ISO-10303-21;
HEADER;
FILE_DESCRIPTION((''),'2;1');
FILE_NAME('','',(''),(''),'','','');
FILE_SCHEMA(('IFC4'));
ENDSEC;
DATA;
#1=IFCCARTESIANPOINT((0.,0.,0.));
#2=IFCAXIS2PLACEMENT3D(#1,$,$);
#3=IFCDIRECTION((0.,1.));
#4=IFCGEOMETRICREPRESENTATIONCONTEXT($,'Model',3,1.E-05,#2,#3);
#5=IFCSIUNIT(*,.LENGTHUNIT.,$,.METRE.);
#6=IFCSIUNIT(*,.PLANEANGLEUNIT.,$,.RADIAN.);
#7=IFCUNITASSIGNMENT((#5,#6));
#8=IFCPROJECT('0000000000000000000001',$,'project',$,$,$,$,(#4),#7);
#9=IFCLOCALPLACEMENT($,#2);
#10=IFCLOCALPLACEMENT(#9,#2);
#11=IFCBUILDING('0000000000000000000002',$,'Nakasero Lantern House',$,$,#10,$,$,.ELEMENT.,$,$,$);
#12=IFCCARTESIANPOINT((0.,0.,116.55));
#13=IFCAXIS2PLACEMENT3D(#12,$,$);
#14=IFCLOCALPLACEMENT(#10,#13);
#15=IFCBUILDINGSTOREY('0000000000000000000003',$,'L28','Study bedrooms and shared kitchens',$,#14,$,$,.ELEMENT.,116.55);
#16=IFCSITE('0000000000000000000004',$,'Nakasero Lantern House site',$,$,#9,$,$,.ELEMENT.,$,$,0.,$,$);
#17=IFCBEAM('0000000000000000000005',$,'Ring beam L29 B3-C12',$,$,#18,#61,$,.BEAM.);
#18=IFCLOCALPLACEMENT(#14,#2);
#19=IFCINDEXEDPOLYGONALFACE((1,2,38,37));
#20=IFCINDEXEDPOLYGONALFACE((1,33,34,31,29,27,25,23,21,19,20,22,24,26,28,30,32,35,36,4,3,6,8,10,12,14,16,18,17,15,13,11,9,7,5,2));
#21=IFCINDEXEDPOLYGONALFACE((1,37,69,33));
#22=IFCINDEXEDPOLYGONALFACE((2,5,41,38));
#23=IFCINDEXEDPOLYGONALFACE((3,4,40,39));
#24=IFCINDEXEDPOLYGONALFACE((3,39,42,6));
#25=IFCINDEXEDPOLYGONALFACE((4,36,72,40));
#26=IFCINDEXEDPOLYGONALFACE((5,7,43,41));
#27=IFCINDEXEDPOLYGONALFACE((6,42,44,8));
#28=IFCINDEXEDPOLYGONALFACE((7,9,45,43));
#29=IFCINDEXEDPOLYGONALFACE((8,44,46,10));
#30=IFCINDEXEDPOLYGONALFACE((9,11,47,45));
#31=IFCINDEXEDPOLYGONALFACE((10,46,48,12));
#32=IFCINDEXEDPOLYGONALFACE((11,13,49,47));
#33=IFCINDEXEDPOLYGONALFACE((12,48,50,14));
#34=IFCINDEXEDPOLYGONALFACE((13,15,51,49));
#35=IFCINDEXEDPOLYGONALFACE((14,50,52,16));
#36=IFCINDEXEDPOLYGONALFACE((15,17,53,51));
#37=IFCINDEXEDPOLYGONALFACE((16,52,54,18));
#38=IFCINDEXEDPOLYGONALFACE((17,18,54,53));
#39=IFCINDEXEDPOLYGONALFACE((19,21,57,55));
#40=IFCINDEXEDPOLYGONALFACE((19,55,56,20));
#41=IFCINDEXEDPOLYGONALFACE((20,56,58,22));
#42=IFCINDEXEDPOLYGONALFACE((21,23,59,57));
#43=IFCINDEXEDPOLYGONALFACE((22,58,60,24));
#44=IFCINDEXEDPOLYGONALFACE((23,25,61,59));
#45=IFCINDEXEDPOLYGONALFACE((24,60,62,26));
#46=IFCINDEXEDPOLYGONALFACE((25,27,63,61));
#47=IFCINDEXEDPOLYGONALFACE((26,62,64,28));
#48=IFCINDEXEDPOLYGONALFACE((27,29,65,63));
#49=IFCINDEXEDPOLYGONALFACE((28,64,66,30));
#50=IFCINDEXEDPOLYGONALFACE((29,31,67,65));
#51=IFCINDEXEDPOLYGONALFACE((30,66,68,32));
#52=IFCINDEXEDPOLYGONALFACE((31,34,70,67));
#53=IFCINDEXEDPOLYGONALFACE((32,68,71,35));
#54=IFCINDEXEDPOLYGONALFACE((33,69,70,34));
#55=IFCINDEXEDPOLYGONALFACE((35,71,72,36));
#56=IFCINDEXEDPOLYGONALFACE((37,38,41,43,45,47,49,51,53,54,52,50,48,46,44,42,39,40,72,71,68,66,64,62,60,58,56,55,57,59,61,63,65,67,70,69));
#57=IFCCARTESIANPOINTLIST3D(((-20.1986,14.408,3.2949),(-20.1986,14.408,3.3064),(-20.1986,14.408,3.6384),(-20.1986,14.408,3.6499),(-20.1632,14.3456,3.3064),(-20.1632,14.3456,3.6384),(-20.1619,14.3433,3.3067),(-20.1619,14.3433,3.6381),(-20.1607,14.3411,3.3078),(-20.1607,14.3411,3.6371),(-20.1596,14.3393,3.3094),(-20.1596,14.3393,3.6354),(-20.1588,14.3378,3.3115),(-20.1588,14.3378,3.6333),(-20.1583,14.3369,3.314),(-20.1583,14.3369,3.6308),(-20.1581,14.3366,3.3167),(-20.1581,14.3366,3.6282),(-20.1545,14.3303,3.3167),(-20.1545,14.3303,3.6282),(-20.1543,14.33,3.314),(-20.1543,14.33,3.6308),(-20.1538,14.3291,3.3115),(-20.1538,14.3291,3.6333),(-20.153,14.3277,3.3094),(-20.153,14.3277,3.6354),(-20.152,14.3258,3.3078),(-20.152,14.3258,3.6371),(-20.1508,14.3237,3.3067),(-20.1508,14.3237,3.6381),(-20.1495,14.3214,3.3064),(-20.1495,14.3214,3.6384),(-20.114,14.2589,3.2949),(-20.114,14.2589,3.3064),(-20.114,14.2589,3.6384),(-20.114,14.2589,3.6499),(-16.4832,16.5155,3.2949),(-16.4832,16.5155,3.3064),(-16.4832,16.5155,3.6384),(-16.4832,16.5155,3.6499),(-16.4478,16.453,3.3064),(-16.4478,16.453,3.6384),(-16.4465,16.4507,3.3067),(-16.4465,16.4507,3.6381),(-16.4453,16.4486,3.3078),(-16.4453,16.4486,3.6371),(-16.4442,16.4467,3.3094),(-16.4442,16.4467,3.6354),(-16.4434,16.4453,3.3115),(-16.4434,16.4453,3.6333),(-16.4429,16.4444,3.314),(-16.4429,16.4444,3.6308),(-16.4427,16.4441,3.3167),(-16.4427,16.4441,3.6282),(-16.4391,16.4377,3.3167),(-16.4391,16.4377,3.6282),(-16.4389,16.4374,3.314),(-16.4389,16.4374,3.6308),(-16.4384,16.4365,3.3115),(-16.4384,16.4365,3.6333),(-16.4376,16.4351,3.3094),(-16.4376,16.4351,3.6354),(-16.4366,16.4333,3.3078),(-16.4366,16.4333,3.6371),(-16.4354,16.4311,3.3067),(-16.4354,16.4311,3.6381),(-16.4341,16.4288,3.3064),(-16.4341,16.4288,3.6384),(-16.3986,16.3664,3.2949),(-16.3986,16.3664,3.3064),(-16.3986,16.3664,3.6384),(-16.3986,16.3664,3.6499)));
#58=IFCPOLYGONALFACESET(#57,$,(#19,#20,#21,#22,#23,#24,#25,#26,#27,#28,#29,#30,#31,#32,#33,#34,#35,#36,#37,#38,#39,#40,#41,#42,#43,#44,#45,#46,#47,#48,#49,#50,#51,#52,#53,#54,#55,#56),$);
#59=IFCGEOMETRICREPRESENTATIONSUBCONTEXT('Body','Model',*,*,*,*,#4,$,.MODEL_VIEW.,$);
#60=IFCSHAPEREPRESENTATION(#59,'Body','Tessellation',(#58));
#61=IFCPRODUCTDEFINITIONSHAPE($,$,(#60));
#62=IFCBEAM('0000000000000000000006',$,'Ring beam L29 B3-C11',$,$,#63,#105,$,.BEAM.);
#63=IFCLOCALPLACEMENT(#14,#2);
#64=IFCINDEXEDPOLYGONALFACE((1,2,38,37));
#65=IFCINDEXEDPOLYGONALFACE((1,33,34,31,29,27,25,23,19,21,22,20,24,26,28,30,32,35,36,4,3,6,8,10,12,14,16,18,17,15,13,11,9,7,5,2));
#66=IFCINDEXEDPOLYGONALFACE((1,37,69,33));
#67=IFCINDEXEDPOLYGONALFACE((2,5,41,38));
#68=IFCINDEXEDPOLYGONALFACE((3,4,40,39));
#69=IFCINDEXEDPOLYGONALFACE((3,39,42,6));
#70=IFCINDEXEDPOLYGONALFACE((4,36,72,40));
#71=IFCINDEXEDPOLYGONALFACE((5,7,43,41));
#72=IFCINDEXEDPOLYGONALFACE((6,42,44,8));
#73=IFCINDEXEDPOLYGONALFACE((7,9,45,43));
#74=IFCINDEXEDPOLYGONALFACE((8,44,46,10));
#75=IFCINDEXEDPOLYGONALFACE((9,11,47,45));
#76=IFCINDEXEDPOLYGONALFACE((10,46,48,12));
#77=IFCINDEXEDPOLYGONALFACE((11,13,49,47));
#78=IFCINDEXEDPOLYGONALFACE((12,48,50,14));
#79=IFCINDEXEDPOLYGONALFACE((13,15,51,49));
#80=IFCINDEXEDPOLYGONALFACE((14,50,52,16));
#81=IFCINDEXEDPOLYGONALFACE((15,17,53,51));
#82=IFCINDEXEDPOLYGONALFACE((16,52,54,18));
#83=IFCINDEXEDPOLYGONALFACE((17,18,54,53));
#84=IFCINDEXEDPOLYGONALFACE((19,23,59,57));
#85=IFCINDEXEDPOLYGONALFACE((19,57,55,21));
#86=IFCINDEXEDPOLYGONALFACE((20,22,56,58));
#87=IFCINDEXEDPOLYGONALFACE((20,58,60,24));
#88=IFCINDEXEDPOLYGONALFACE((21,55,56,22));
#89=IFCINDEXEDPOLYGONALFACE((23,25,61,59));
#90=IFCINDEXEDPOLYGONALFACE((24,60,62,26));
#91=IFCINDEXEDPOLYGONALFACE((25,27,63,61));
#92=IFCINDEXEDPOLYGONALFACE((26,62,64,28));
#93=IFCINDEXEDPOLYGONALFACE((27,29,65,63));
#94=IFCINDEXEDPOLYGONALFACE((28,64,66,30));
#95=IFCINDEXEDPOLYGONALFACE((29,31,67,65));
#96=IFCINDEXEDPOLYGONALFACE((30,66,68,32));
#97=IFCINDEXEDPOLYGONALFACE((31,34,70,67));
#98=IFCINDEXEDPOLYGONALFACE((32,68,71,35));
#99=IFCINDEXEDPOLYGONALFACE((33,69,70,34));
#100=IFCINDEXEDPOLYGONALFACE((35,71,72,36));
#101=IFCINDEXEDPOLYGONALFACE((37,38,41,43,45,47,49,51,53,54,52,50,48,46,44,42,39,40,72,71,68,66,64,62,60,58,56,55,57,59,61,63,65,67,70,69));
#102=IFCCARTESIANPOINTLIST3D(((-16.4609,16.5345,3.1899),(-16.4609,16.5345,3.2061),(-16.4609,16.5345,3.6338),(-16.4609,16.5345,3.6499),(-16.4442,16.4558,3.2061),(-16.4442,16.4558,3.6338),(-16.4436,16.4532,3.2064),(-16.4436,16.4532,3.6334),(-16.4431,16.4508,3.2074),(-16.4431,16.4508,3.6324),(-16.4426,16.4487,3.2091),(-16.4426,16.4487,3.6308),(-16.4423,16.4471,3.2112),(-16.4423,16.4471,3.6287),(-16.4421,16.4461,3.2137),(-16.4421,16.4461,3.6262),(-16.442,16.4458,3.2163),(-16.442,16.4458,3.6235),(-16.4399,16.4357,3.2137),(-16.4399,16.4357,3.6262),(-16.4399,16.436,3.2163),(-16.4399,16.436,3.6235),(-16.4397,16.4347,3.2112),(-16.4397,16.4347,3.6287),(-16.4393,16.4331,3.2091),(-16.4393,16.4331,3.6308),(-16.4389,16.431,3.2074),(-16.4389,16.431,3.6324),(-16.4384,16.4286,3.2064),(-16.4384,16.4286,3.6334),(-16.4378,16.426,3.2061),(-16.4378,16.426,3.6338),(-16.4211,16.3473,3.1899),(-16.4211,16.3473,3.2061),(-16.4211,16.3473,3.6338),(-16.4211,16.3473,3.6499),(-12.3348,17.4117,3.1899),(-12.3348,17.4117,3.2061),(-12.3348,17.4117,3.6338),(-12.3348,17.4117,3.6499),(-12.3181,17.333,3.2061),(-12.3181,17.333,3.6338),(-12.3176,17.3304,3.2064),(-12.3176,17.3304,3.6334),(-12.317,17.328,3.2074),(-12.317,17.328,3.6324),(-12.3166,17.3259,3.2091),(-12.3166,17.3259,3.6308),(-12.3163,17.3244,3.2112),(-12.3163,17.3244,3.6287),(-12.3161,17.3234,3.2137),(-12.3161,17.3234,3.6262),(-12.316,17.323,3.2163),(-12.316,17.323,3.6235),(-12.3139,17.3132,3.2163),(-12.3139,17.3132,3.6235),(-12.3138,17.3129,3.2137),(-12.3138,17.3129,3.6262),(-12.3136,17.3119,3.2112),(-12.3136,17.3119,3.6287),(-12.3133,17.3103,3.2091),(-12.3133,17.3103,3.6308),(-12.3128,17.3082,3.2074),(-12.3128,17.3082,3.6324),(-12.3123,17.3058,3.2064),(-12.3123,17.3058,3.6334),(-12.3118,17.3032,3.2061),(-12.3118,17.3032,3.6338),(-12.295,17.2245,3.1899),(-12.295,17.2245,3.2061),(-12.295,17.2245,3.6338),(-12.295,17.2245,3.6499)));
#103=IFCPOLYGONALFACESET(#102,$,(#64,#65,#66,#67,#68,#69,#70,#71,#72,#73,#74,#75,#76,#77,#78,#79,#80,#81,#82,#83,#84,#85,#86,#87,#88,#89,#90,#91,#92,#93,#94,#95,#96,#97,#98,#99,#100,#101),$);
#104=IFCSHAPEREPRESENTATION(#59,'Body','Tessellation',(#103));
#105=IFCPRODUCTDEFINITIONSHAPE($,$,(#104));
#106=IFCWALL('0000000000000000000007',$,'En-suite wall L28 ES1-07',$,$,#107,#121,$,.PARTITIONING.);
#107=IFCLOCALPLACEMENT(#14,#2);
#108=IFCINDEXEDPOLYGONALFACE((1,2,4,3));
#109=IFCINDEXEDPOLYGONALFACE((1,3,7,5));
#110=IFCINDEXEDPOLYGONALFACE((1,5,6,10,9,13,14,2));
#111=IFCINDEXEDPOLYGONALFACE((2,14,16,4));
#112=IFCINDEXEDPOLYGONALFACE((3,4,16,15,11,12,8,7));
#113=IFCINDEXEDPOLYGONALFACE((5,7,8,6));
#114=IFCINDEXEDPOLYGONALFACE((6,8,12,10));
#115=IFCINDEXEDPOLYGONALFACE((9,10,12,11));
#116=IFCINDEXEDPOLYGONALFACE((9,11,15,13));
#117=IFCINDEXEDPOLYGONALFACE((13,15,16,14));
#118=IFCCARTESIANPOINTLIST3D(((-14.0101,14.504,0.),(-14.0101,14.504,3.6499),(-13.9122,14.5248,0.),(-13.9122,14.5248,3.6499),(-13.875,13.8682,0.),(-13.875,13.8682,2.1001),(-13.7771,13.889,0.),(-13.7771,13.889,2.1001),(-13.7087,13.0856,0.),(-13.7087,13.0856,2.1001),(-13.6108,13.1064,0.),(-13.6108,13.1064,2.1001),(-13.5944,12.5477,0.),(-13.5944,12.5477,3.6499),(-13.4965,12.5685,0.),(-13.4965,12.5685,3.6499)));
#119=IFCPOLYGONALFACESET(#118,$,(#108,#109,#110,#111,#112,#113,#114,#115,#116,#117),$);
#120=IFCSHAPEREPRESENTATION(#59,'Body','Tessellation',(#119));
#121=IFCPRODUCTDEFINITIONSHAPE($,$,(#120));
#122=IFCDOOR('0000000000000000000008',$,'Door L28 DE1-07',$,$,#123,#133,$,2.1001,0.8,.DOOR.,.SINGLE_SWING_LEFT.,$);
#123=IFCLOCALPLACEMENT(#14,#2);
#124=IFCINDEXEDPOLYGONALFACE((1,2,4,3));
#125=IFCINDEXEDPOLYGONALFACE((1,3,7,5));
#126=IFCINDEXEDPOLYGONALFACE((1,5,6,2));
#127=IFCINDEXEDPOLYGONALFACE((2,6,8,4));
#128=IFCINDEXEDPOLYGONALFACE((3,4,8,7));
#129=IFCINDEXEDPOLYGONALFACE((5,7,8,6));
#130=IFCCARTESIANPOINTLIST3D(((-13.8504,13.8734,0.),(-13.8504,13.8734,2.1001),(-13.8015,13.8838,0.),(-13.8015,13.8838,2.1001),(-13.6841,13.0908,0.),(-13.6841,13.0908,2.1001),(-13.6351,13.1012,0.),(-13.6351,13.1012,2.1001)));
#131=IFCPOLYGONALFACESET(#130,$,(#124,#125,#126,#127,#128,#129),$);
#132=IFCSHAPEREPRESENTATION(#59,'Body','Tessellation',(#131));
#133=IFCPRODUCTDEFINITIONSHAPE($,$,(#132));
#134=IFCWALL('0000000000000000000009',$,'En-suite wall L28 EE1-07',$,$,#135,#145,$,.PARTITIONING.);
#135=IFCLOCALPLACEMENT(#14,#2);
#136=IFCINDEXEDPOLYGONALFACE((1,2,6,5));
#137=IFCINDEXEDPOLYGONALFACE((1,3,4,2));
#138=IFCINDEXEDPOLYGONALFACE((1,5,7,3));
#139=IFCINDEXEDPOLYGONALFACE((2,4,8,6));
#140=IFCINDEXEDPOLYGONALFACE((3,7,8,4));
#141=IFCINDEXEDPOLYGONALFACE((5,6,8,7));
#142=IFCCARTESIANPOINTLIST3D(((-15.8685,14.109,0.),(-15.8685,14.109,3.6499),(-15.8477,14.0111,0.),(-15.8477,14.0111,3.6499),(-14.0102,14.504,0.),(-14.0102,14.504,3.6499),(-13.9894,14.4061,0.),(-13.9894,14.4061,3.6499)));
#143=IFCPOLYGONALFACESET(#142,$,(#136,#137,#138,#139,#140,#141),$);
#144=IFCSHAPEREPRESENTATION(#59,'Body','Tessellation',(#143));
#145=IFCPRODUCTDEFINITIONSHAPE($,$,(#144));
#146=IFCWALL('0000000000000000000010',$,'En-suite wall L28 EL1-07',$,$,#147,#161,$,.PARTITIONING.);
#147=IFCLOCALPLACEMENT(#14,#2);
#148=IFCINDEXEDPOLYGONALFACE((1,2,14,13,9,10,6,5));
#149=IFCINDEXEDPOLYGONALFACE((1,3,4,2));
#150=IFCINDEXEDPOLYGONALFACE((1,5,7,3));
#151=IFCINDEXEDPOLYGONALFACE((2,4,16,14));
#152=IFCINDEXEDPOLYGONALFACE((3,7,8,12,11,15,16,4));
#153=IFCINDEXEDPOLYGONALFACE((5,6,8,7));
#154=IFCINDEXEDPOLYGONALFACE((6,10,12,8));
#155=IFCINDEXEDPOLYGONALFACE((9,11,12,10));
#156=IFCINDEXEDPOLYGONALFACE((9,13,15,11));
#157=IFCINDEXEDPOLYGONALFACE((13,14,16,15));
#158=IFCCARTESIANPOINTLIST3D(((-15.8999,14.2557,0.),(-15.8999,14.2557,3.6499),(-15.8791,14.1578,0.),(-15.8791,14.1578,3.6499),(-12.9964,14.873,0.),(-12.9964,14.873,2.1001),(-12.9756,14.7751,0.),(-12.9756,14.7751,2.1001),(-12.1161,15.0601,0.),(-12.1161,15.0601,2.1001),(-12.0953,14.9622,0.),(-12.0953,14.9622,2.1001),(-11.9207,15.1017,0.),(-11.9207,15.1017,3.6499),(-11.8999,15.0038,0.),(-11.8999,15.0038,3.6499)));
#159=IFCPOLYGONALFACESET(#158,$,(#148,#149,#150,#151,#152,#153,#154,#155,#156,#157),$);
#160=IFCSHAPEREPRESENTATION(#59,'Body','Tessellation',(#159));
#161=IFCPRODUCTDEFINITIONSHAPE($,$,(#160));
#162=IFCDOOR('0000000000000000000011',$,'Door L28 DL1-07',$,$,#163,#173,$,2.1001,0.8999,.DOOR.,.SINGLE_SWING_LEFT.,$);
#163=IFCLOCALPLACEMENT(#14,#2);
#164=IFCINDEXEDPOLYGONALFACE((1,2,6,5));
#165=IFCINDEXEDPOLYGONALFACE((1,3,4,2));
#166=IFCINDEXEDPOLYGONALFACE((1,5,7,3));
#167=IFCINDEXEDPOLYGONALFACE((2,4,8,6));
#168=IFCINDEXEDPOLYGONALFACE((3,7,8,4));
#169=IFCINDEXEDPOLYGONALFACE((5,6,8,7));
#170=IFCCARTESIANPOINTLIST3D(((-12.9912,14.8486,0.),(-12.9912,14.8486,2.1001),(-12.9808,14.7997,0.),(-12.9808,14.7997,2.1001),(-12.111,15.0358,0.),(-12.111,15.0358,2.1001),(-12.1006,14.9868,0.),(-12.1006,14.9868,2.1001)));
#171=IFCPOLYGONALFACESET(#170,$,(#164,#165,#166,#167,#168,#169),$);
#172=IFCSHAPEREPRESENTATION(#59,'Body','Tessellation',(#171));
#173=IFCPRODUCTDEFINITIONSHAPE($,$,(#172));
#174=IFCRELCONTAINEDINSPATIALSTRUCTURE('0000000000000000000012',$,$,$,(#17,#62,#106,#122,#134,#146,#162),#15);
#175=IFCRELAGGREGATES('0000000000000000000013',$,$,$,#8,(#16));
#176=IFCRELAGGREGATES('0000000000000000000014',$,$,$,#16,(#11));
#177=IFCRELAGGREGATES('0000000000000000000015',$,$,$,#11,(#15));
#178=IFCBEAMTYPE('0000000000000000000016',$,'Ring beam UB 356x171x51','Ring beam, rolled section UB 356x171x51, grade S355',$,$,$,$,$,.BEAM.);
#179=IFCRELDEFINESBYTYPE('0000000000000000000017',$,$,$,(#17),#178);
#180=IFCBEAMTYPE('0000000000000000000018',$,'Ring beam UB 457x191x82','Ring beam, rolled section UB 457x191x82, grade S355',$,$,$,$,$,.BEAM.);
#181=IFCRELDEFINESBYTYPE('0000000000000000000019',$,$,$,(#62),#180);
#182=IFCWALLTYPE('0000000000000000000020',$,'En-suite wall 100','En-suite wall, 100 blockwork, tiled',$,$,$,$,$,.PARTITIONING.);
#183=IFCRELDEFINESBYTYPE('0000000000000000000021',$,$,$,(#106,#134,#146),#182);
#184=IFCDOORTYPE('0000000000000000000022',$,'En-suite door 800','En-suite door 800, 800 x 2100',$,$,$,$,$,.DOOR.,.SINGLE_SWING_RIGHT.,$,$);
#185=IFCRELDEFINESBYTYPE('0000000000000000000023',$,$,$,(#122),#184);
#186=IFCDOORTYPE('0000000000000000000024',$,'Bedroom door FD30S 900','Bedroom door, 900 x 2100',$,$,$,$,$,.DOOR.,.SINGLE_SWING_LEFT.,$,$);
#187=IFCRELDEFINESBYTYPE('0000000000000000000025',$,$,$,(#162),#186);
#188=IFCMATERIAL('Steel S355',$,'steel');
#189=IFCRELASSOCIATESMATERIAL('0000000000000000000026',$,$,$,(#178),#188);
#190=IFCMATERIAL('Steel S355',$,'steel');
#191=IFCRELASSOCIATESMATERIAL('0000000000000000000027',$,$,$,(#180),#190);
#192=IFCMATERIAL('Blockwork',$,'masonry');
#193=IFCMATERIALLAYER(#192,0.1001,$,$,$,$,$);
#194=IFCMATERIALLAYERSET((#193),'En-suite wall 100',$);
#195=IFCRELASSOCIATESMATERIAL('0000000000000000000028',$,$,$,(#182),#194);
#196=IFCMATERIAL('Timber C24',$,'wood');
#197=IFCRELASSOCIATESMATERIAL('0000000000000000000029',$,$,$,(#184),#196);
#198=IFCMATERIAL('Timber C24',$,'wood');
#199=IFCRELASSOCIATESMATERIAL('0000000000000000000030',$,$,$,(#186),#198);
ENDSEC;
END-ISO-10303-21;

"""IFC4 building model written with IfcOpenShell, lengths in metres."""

from ifc_helpers import new_model, si_unit, direction, frame, frame_2d, origin, origin_2d, place, context, subcontext, project, spatial, rectangle, i_section, extrude, material, layer, layer_set, material_profile, profile_set, type_object, element, fill, save


model = new_model("IFC4")

# Units and contexts
model_context = context("Model", 3, precision=1e-05, world=origin(), true_north=direction((0.0, 1.0)))
body_context = subcontext(model_context, "Body", "Model", "MODEL_VIEW")
ifc_project = project(units=[si_unit("LENGTHUNIT", "METRE"), si_unit("PLANEANGLEUNIT", "RADIAN")], contexts=[model_context])

# Site, building, storey
site_placement = place(None, origin())
site = spatial("IfcSite", under=ifc_project, at=site_placement, Name="Nakasero Lantern House site", CompositionType="ELEMENT", RefElevation=0.0)
building_placement = place(site_placement, origin())
building = spatial("IfcBuilding", under=site, at=building_placement, Name="Nakasero Lantern House", CompositionType="ELEMENT")
storey_placement = place(building_placement, frame((0.0, 0.0, 116.55)))
storey = spatial("IfcBuildingStorey", under=building, at=storey_placement, Name="L28", Description="Study bedrooms and shared kitchens", CompositionType="ELEMENT", Elevation=116.55)

# Beams
ifc_material_1 = material(Name="Steel S355", Category="steel")
ifc_material_profile_1 = material_profile(ifc_material_1, i_section(OverallWidth=0.1714, OverallDepth=0.355, WebThickness=0.0073, FlangeThickness=0.0115, FilletRadius=0.0103, at=origin_2d()), Name="UB 356x171x51")
ifc_profile_set_1 = profile_set([ifc_material_profile_1], Name="Steel S355")
beam_type_1 = type_object("IfcBeamType", Name="Ring beam UB 356x171x51", Description="Ring beam, rolled section UB 356x171x51, grade S355", PredefinedType="BEAM", material=ifc_profile_set_1)
beam_1_placement = place(storey_placement, frame((-16.4409, 16.4409, 3.4724), z_axis=(-0.869815, -0.493379, 0.0), x_axis=(0.493379, -0.869815, 0.0)))
element("IfcBeam", 1, at=beam_1_placement, inside=storey, type_object=beam_type_1, Name="Ring beam L29 B3-C12", PredefinedType="BEAM", context=body_context, shape_type="SweptSolid", body=[
    extrude(i_section(OverallWidth=0.1714, OverallDepth=0.355, WebThickness=0.0073, FlangeThickness=0.0115, FilletRadius=0.0103, at=origin_2d()), origin(), (0.0, 0.0, 1.0), 4.2715),
])
ifc_material_2 = material(Name="Steel S355", Category="steel")
ifc_material_profile_2 = material_profile(ifc_material_2, i_section(OverallWidth=0.1914, OverallDepth=0.46, WebThickness=0.01, FlangeThickness=0.0161, FilletRadius=0.0103, at=origin_2d()), Name="UB 457x191x82")
ifc_profile_set_2 = profile_set([ifc_material_profile_2], Name="Steel S355")
beam_type_2 = type_object("IfcBeamType", Name="Ring beam UB 457x191x82", Description="Ring beam, rolled section UB 457x191x82, grade S355", PredefinedType="BEAM", material=ifc_profile_set_2)
beam_2_placement = place(storey_placement, frame((-12.3149, 17.3181, 3.4199), z_axis=(-0.978138, -0.207956, 0.0), x_axis=(0.207956, -0.978138, 0.0)))
element("IfcBeam", 2, at=beam_2_placement, inside=storey, type_object=beam_type_2, Name="Ring beam L29 B3-C11", PredefinedType="BEAM", context=body_context, shape_type="SweptSolid", body=[
    extrude(i_section(OverallWidth=0.1914, OverallDepth=0.46, WebThickness=0.01, FlangeThickness=0.0161, FilletRadius=0.0103, at=origin_2d()), origin(), (0.0, 0.0, 1.0), 4.2183),
])

# Wall, opening, door
ifc_material_3 = material(Name="Blockwork", Category="masonry")
ifc_layer_1 = layer(ifc_material_3, 0.1001)
ifc_layer_set_1 = layer_set([ifc_layer_1], Name="En-suite wall 100")
wall_type_1 = type_object("IfcWallType", Name="En-suite wall 100", Description="En-suite wall, 100 blockwork, tiled", PredefinedType="PARTITIONING", material=ifc_layer_set_1)
wall_1_placement = place(storey_placement, frame((-13.5454, 12.5581, 0.0), z_axis=(0.0, 0.0, 1.0), x_axis=(-0.207886, 0.978153, 0.0)))
wall_1 = element("IfcWall", 3, at=wall_1_placement, inside=storey, type_object=wall_type_1, Name="En-suite wall L28 ES1-07", PredefinedType="PARTITIONING", context=body_context, shape_type="SweptSolid", body=[
    extrude(rectangle(XDim=2.0, YDim=0.1001, at=frame_2d((1.0, 0.0))), origin(), (0.0, 0.0, 1.0), 3.6499),
])
opening_1_placement = place(wall_1_placement, frame((0.55, 0.0, 0.0)))
opening_1 = element("IfcOpeningElement", 4, at=opening_1_placement, cuts=wall_1, PredefinedType="OPENING", context=body_context, shape_type="SweptSolid", body=[
    extrude(rectangle(XDim=0.8, YDim=2.1001, at=frame_2d((0.3999, 1.05))), frame((0.0, 0.0701, 0.0), z_axis=(0.0, -1.0, 0.0), x_axis=(1.0, 0.0, 0.0)), (0.0, 0.0, 1.0), 0.1401),
])
ifc_material_4 = material(Name="Timber C24", Category="wood")
door_type_1 = type_object("IfcDoorType", Name="En-suite door 800", Description="En-suite door 800, 800 x 2100", OperationType="SINGLE_SWING_RIGHT", PredefinedType="DOOR", material=ifc_material_4)
door_1_placement = place(opening_1_placement, origin())
door_1 = element("IfcDoor", 5, at=door_1_placement, inside=storey, type_object=door_type_1, Name="Door L28 DE1-07", OperationType="SINGLE_SWING_LEFT", OverallHeight=2.1001, OverallWidth=0.8, PredefinedType="DOOR", context=body_context, shape_type="SweptSolid", body=[
    extrude(rectangle(XDim=0.8, YDim=2.1001, at=frame_2d((0.3999, 1.05))), frame((0.0, 0.0249, 0.0), z_axis=(0.0, -1.0, 0.0), x_axis=(1.0, 0.0, 0.0)), (0.0, 0.0, 1.0), 0.05),
])
fill(opening_1, door_1)

# Wall
wall_2_placement = place(storey_placement, frame((-13.9998, 14.4551, 0.0), z_axis=(0.0, 0.0, 1.0), x_axis=(-0.978147, -0.207914, 0.0)))
element("IfcWall", 6, at=wall_2_placement, inside=storey, type_object=wall_type_1, Name="En-suite wall L28 EE1-07", PredefinedType="PARTITIONING", context=body_context, shape_type="SweptSolid", body=[
    extrude(rectangle(XDim=1.8999, YDim=0.1001, at=frame_2d((0.95, 0.0))), origin(), (0.0, 0.0, 1.0), 3.6499),
])

# Wall, opening, door
wall_3_placement = place(storey_placement, frame((-11.9102, 15.0527, 0.0), z_axis=(0.0, 0.0, 1.0), x_axis=(-0.978141, -0.207943, 0.0)))
wall_3 = element("IfcWall", 7, at=wall_3_placement, inside=storey, type_object=wall_type_1, Name="En-suite wall L28 EL1-07", PredefinedType="PARTITIONING", context=body_context, shape_type="SweptSolid", body=[
    extrude(rectangle(XDim=4.0681, YDim=0.1001, at=frame_2d((2.0342, 0.0))), origin(), (0.0, 0.0, 1.0), 3.6499),
])
opening_2_placement = place(wall_3_placement, frame((0.2, 0.0, 0.0)))
opening_2 = element("IfcOpeningElement", 8, at=opening_2_placement, cuts=wall_3, PredefinedType="OPENING", context=body_context, shape_type="SweptSolid", body=[
    extrude(rectangle(XDim=0.8999, YDim=2.1001, at=frame_2d((0.45, 1.05))), frame((0.0, 0.0701, 0.0), z_axis=(0.0, -1.0, 0.0), x_axis=(1.0, 0.0, 0.0)), (0.0, 0.0, 1.0), 0.1401),
])
ifc_material_5 = material(Name="Timber C24", Category="wood")
door_type_2 = type_object("IfcDoorType", Name="Bedroom door FD30S 900", Description="Bedroom door, 900 x 2100", OperationType="SINGLE_SWING_LEFT", PredefinedType="DOOR", material=ifc_material_5)
door_2_placement = place(opening_2_placement, origin())
door_2 = element("IfcDoor", 9, at=door_2_placement, inside=storey, type_object=door_type_2, Name="Door L28 DL1-07", OperationType="SINGLE_SWING_LEFT", OverallHeight=2.1001, OverallWidth=0.8999, PredefinedType="DOOR", context=body_context, shape_type="SweptSolid", body=[
    extrude(rectangle(XDim=0.8999, YDim=2.1001, at=frame_2d((0.45, 1.05))), frame((0.0, 0.0249, 0.0), z_axis=(0.0, -1.0, 0.0), x_axis=(1.0, 0.0, 0.0)), (0.0, 0.0, 1.0), 0.05),
])
fill(opening_2, door_2)

save(model, "model.ifc")
